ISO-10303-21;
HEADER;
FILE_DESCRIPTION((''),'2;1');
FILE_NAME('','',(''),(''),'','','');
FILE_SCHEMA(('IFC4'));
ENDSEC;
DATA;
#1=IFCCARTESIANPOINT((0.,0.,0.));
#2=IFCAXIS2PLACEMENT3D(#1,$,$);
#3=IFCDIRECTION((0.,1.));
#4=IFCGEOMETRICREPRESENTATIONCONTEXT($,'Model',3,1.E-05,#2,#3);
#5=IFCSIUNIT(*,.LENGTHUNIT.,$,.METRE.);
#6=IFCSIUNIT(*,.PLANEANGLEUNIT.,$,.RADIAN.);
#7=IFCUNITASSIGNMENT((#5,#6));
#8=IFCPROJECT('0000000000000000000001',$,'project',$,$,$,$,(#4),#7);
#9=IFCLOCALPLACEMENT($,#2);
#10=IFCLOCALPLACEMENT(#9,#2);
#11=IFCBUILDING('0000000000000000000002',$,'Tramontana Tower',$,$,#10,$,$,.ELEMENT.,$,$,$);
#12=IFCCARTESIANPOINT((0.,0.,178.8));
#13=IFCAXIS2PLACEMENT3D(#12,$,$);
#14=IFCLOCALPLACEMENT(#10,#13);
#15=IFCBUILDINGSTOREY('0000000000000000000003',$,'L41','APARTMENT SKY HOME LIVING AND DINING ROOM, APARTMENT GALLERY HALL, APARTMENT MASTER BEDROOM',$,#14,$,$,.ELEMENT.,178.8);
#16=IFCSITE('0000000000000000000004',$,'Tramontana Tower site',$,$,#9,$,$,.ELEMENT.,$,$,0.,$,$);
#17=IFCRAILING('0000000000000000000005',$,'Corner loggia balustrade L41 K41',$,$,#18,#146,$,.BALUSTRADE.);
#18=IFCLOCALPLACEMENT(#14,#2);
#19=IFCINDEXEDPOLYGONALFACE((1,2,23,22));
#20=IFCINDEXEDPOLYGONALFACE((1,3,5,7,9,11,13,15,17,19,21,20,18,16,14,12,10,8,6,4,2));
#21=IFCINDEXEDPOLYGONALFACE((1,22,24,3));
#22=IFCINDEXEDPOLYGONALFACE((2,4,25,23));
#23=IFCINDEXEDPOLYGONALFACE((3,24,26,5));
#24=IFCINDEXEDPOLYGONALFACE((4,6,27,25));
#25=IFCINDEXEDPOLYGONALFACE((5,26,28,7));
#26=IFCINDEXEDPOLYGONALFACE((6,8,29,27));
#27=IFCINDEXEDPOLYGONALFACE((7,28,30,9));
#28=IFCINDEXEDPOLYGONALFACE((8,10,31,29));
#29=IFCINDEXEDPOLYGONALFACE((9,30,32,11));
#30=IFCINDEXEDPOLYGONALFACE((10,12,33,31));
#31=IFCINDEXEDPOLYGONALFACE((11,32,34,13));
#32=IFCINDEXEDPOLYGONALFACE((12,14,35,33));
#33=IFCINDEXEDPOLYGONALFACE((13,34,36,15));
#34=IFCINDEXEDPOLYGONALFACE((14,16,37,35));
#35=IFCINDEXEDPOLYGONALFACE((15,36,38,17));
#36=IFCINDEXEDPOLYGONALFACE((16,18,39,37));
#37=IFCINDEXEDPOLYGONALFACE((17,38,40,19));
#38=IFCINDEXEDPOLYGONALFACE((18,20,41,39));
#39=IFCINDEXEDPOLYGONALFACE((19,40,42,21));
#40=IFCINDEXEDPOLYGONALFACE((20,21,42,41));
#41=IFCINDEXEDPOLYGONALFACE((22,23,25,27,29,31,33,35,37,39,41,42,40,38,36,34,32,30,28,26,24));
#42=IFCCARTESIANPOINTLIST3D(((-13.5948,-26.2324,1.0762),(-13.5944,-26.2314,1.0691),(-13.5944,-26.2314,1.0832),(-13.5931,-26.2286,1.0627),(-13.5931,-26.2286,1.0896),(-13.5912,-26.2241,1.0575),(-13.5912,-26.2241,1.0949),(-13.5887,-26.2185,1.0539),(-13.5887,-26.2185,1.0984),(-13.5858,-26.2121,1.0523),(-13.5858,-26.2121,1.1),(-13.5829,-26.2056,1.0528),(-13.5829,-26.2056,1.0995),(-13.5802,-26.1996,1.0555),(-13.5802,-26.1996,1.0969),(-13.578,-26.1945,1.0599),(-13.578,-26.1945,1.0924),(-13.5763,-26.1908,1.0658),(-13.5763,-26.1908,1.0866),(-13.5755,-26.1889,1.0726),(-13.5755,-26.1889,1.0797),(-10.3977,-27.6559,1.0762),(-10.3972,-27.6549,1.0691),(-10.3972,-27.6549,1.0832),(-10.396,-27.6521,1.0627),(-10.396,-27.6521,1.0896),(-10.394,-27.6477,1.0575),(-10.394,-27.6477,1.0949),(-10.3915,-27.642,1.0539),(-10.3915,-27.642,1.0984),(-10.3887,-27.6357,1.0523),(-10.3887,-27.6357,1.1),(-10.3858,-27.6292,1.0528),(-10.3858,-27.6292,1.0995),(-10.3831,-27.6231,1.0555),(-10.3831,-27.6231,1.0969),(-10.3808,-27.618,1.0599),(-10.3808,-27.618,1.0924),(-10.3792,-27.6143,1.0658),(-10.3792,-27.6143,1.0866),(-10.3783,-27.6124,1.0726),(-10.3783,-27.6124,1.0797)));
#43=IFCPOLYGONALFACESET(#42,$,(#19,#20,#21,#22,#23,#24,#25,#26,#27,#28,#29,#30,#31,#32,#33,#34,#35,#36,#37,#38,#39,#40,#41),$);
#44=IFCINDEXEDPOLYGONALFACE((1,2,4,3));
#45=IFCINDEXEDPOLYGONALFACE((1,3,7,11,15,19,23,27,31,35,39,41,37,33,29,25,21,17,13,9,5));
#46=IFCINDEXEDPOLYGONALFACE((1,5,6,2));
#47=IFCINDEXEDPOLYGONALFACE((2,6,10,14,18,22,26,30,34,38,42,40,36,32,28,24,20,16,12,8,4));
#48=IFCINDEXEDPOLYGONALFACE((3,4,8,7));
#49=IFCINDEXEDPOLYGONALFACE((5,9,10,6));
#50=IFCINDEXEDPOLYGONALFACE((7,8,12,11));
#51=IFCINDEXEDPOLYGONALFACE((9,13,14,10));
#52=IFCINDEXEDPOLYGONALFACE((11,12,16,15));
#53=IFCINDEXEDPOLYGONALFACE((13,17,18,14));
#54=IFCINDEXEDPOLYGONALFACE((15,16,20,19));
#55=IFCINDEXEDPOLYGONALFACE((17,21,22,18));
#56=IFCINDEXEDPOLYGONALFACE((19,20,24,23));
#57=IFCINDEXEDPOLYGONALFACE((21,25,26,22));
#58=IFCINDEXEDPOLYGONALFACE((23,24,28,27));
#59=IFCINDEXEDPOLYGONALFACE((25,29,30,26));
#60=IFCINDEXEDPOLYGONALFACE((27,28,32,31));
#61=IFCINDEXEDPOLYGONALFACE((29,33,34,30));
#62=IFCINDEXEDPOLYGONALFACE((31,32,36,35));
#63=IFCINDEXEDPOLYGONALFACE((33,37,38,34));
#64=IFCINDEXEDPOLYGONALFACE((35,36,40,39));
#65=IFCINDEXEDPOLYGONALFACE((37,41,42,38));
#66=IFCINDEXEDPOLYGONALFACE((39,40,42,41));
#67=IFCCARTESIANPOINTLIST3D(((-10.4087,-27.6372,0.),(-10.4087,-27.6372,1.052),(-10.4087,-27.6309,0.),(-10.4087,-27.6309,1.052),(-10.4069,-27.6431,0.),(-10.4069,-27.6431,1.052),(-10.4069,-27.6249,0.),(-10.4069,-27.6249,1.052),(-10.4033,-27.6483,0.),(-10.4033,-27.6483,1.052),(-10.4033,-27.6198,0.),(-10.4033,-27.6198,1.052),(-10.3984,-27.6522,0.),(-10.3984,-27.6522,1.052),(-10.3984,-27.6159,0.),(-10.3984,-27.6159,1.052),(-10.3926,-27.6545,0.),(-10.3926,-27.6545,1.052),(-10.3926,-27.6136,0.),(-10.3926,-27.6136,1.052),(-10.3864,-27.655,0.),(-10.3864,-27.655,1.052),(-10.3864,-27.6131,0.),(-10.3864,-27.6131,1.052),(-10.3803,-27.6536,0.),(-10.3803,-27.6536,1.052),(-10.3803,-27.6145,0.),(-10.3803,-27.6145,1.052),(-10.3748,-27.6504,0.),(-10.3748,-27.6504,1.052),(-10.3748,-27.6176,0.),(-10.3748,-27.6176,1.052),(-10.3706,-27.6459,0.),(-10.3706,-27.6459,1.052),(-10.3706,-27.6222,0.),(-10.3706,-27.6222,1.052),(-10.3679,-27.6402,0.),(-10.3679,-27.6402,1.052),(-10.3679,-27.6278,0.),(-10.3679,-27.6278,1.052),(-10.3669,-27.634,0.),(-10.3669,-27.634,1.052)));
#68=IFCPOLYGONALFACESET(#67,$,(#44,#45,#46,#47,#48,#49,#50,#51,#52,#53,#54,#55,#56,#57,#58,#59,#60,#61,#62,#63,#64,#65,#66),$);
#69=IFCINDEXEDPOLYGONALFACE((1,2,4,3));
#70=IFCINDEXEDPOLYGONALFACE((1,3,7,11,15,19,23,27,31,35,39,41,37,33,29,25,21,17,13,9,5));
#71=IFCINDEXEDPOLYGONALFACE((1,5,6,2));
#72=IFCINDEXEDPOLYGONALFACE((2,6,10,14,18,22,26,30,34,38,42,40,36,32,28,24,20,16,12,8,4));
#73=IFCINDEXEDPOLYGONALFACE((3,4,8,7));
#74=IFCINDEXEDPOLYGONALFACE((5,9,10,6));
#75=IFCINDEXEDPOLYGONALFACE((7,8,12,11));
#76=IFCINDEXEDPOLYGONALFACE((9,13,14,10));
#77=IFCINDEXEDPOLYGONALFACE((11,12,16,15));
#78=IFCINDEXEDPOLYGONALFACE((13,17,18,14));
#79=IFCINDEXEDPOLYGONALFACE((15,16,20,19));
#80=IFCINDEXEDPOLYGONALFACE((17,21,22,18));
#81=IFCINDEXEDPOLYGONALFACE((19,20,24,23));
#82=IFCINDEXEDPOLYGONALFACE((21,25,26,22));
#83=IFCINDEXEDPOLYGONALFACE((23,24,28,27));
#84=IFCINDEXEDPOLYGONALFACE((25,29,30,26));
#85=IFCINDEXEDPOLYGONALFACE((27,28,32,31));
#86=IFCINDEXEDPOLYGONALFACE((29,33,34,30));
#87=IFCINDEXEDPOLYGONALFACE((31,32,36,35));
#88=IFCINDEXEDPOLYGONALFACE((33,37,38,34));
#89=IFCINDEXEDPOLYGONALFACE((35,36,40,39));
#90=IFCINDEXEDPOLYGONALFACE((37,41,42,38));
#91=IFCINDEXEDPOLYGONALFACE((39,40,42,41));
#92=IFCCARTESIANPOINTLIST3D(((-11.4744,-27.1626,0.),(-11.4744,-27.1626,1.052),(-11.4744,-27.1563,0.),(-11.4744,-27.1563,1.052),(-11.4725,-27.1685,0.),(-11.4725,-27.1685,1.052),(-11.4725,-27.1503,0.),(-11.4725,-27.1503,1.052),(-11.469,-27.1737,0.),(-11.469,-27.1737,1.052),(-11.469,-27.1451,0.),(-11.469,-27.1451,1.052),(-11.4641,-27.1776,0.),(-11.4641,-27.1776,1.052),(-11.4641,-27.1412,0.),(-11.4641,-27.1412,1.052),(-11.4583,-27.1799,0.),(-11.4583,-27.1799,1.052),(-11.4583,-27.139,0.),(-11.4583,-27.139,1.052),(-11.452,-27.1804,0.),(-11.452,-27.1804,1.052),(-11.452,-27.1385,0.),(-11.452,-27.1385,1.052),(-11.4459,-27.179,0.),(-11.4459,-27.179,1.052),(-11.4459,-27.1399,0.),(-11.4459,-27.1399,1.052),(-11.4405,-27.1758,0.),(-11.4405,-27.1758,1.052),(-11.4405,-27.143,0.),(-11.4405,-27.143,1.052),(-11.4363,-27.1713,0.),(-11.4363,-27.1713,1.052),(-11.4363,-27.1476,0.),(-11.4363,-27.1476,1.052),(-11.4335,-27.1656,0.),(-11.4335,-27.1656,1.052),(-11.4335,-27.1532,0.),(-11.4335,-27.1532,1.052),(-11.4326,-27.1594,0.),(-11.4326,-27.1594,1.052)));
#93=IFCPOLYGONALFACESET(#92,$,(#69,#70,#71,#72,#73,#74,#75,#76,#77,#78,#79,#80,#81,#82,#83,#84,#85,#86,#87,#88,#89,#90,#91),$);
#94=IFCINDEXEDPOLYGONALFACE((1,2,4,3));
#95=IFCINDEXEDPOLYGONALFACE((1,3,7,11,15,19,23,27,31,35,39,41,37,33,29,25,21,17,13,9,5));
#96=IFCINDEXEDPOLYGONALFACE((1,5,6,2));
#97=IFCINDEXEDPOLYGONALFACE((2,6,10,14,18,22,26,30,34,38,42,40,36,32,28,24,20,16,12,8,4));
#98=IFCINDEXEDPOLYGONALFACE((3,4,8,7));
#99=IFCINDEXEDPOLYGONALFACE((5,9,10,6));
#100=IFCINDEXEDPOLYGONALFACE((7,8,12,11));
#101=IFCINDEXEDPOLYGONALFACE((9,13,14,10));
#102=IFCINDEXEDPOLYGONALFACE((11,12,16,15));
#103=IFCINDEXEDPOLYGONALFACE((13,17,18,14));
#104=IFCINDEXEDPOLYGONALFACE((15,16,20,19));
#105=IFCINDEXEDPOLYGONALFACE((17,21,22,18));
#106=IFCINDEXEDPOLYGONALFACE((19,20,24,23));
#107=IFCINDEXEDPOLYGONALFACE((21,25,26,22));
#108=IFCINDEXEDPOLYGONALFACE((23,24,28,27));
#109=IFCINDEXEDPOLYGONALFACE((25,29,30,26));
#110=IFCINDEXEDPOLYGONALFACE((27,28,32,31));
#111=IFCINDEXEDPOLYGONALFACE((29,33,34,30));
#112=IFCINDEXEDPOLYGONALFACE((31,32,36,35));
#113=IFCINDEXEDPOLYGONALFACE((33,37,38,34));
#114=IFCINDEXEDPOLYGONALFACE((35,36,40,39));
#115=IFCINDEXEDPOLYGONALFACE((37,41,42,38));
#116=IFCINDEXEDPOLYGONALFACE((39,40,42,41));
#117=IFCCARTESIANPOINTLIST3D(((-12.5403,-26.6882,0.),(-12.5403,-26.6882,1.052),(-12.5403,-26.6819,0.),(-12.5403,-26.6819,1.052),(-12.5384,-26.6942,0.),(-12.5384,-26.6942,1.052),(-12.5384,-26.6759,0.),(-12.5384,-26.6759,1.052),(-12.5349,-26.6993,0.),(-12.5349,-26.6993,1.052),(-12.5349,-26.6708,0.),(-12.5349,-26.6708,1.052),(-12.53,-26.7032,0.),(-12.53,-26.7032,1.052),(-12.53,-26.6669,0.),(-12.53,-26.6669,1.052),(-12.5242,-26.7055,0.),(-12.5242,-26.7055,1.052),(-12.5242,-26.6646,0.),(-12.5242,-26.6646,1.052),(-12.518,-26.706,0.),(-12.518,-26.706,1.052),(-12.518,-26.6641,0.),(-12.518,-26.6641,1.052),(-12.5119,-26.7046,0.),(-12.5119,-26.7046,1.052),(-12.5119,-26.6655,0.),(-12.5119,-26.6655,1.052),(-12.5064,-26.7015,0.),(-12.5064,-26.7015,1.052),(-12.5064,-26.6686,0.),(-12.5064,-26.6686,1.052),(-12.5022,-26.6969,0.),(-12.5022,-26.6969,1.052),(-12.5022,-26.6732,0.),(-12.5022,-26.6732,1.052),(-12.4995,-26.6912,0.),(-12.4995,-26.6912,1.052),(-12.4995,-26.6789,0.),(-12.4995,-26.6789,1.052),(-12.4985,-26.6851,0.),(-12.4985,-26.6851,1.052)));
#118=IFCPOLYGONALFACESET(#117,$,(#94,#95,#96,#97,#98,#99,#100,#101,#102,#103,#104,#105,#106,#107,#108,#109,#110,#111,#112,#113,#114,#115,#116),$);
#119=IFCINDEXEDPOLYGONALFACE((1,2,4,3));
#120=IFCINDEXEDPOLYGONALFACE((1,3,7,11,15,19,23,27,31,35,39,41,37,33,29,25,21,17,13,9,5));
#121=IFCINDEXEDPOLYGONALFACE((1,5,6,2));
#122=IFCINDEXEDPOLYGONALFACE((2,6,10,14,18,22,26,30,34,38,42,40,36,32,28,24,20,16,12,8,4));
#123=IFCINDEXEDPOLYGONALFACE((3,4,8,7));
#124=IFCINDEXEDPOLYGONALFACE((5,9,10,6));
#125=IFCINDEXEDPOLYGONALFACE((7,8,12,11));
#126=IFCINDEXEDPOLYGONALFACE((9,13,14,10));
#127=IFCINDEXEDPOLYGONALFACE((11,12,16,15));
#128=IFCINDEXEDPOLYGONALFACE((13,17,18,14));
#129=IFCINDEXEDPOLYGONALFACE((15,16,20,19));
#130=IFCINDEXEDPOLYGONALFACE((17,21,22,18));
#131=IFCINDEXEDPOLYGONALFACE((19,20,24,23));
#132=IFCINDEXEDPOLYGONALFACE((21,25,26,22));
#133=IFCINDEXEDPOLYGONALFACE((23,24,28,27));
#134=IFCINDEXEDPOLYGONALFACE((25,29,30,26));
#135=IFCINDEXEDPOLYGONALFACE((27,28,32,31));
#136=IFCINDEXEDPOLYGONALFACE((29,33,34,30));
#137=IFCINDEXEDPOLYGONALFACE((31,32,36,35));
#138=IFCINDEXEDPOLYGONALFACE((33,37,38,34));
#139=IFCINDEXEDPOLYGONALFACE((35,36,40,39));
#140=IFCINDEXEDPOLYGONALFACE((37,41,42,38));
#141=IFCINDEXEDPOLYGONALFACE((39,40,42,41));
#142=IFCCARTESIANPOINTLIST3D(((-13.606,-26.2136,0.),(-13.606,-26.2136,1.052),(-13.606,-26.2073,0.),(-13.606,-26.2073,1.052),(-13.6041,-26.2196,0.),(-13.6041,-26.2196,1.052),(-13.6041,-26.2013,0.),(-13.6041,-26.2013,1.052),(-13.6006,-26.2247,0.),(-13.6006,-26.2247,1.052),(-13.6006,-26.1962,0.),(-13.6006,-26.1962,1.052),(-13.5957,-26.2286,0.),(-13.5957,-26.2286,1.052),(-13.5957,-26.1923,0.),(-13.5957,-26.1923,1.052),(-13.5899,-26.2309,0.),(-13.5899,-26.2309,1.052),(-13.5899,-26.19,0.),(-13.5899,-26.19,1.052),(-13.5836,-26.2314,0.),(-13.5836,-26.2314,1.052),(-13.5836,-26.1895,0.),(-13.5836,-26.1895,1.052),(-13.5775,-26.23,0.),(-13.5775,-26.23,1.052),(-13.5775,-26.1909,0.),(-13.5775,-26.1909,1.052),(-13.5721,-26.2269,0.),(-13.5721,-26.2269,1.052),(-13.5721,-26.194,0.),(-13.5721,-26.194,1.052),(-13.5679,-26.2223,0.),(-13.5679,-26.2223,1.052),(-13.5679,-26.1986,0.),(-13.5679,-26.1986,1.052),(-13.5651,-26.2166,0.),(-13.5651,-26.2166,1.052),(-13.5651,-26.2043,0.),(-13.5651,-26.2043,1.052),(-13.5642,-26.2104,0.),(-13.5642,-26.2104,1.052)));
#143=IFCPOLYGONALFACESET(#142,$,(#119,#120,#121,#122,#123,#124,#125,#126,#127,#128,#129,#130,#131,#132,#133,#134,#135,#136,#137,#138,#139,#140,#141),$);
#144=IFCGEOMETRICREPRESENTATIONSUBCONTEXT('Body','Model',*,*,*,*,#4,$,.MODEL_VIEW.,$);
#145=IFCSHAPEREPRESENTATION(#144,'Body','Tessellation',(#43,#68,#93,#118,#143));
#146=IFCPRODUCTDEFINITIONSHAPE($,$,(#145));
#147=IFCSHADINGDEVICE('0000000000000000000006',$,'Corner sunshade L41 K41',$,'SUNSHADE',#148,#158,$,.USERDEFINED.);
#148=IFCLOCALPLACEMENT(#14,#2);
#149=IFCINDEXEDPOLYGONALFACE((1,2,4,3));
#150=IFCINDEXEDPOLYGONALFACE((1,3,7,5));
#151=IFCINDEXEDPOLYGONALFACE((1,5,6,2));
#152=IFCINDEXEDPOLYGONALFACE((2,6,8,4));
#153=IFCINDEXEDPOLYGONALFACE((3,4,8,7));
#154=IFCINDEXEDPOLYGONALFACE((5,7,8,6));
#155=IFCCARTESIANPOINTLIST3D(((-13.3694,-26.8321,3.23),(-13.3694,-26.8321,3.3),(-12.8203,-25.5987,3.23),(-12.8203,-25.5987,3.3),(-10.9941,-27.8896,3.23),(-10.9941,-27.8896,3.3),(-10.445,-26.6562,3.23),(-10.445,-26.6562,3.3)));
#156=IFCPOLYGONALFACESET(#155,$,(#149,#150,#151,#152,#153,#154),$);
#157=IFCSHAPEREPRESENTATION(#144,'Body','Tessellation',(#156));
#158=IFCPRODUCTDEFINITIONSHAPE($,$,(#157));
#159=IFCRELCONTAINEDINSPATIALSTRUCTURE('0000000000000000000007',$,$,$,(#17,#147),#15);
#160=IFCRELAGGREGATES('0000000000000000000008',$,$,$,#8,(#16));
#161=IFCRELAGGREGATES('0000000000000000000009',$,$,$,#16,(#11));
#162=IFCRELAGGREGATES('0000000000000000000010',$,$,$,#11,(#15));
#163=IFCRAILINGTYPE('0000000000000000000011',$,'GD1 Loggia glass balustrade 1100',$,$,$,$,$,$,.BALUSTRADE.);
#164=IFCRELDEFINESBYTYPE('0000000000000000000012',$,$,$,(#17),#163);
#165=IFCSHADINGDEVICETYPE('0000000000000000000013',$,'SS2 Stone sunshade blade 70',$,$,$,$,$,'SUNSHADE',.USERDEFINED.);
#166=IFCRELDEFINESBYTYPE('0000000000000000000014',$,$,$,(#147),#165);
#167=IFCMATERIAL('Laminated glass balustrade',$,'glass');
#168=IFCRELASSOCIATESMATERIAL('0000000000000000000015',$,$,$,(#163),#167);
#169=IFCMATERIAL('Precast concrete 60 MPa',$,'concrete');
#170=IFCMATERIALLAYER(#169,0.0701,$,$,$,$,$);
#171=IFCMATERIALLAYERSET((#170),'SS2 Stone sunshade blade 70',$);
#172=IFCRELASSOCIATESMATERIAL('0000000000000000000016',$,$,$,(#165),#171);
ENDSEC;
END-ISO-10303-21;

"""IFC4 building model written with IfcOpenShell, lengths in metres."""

from ifc_helpers import new_model, si_unit, direction, frame, origin, origin_2d, place, context, subcontext, project, spatial, rectangle, circle, extrude, material, layer, layer_set, type_object, element, save


model = new_model("IFC4")

# Units and contexts
model_context = context("Model", 3, precision=1e-05, world=origin(), true_north=direction((0.0, 1.0)))
body_context = subcontext(model_context, "Body", "Model", "MODEL_VIEW")
ifc_project = project(units=[si_unit("LENGTHUNIT", "METRE"), si_unit("PLANEANGLEUNIT", "RADIAN")], contexts=[model_context])

# Site, building, storey
site_placement = place(None, origin())
site = spatial("IfcSite", under=ifc_project, at=site_placement, Name="Tramontana Tower site", CompositionType="ELEMENT", RefElevation=0.0)
building_placement = place(site_placement, origin())
building = spatial("IfcBuilding", under=site, at=building_placement, Name="Tramontana Tower", CompositionType="ELEMENT")
storey_placement = place(building_placement, frame((0.0, 0.0, 178.8)))
storey = spatial("IfcBuildingStorey", under=building, at=storey_placement, Name="L41", Description="APARTMENT SKY HOME LIVING AND DINING ROOM, APARTMENT GALLERY HALL, APARTMENT MASTER BEDROOM", CompositionType="ELEMENT", Elevation=178.8)

# Railing
ifc_material_1 = material(Name="Laminated glass balustrade", Category="glass")
railing_type = type_object("IfcRailingType", Name="GD1 Loggia glass balustrade 1100", PredefinedType="BALUSTRADE", material=ifc_material_1)
railing_placement = place(storey_placement, frame((-10.3879, -27.634, 0.0)))
element("IfcRailing", 1, at=railing_placement, inside=storey, type_object=railing_type, Name="Corner loggia balustrade L41 K41", PredefinedType="BALUSTRADE", context=body_context, shape_type="SweptSolid", body=[
    extrude(circle(Radius=0.0239, at=origin_2d()), frame((0.0, 0.0, 1.0762), z_axis=(-0.913538, 0.406753, 0.0), x_axis=(-0.406753, -0.913538, 0.0)), (0.0, 0.0, 1.0), 3.4998),
    extrude(circle(Radius=0.021, at=origin_2d()), origin(), (0.0, 0.0, 1.0), 1.052),
    extrude(circle(Radius=0.021, at=origin_2d()), frame((-1.0657, 0.4746, 0.0)), (0.0, 0.0, 1.0), 1.052),
    extrude(circle(Radius=0.021, at=origin_2d()), frame((-2.1316, 0.949, 0.0)), (0.0, 0.0, 1.0), 1.052),
    extrude(circle(Radius=0.021, at=origin_2d()), frame((-3.1973, 1.4236, 0.0)), (0.0, 0.0, 1.0), 1.052),
])

# Shading device
ifc_material_2 = material(Name="Precast concrete 60 MPa", Category="concrete")
ifc_layer_1 = layer(ifc_material_2, 0.0701)
ifc_layer_set_1 = layer_set([ifc_layer_1], Name="SS2 Stone sunshade blade 70")
shading_device_type = type_object("IfcShadingDeviceType", Name="SS2 Stone sunshade blade 70", ElementType="SUNSHADE", PredefinedType="USERDEFINED", material=ifc_layer_set_1)
shading_device_placement = place(storey_placement, frame((-11.9072, -26.7441, 3.23), z_axis=(0.0, 0.0, 1.0), x_axis=(-0.913545, 0.406737, 0.0)))
element("IfcShadingDevice", 2, at=shading_device_placement, inside=storey, type_object=shading_device_type, Name="Corner sunshade L41 K41", ObjectType="SUNSHADE", PredefinedType="USERDEFINED", context=body_context, shape_type="SweptSolid", body=[
    extrude(rectangle(XDim=2.6001, YDim=1.3501, at=origin_2d()), origin(), (0.0, 0.0, 1.0), 0.0701),
])

save(model, "model.ifc")
